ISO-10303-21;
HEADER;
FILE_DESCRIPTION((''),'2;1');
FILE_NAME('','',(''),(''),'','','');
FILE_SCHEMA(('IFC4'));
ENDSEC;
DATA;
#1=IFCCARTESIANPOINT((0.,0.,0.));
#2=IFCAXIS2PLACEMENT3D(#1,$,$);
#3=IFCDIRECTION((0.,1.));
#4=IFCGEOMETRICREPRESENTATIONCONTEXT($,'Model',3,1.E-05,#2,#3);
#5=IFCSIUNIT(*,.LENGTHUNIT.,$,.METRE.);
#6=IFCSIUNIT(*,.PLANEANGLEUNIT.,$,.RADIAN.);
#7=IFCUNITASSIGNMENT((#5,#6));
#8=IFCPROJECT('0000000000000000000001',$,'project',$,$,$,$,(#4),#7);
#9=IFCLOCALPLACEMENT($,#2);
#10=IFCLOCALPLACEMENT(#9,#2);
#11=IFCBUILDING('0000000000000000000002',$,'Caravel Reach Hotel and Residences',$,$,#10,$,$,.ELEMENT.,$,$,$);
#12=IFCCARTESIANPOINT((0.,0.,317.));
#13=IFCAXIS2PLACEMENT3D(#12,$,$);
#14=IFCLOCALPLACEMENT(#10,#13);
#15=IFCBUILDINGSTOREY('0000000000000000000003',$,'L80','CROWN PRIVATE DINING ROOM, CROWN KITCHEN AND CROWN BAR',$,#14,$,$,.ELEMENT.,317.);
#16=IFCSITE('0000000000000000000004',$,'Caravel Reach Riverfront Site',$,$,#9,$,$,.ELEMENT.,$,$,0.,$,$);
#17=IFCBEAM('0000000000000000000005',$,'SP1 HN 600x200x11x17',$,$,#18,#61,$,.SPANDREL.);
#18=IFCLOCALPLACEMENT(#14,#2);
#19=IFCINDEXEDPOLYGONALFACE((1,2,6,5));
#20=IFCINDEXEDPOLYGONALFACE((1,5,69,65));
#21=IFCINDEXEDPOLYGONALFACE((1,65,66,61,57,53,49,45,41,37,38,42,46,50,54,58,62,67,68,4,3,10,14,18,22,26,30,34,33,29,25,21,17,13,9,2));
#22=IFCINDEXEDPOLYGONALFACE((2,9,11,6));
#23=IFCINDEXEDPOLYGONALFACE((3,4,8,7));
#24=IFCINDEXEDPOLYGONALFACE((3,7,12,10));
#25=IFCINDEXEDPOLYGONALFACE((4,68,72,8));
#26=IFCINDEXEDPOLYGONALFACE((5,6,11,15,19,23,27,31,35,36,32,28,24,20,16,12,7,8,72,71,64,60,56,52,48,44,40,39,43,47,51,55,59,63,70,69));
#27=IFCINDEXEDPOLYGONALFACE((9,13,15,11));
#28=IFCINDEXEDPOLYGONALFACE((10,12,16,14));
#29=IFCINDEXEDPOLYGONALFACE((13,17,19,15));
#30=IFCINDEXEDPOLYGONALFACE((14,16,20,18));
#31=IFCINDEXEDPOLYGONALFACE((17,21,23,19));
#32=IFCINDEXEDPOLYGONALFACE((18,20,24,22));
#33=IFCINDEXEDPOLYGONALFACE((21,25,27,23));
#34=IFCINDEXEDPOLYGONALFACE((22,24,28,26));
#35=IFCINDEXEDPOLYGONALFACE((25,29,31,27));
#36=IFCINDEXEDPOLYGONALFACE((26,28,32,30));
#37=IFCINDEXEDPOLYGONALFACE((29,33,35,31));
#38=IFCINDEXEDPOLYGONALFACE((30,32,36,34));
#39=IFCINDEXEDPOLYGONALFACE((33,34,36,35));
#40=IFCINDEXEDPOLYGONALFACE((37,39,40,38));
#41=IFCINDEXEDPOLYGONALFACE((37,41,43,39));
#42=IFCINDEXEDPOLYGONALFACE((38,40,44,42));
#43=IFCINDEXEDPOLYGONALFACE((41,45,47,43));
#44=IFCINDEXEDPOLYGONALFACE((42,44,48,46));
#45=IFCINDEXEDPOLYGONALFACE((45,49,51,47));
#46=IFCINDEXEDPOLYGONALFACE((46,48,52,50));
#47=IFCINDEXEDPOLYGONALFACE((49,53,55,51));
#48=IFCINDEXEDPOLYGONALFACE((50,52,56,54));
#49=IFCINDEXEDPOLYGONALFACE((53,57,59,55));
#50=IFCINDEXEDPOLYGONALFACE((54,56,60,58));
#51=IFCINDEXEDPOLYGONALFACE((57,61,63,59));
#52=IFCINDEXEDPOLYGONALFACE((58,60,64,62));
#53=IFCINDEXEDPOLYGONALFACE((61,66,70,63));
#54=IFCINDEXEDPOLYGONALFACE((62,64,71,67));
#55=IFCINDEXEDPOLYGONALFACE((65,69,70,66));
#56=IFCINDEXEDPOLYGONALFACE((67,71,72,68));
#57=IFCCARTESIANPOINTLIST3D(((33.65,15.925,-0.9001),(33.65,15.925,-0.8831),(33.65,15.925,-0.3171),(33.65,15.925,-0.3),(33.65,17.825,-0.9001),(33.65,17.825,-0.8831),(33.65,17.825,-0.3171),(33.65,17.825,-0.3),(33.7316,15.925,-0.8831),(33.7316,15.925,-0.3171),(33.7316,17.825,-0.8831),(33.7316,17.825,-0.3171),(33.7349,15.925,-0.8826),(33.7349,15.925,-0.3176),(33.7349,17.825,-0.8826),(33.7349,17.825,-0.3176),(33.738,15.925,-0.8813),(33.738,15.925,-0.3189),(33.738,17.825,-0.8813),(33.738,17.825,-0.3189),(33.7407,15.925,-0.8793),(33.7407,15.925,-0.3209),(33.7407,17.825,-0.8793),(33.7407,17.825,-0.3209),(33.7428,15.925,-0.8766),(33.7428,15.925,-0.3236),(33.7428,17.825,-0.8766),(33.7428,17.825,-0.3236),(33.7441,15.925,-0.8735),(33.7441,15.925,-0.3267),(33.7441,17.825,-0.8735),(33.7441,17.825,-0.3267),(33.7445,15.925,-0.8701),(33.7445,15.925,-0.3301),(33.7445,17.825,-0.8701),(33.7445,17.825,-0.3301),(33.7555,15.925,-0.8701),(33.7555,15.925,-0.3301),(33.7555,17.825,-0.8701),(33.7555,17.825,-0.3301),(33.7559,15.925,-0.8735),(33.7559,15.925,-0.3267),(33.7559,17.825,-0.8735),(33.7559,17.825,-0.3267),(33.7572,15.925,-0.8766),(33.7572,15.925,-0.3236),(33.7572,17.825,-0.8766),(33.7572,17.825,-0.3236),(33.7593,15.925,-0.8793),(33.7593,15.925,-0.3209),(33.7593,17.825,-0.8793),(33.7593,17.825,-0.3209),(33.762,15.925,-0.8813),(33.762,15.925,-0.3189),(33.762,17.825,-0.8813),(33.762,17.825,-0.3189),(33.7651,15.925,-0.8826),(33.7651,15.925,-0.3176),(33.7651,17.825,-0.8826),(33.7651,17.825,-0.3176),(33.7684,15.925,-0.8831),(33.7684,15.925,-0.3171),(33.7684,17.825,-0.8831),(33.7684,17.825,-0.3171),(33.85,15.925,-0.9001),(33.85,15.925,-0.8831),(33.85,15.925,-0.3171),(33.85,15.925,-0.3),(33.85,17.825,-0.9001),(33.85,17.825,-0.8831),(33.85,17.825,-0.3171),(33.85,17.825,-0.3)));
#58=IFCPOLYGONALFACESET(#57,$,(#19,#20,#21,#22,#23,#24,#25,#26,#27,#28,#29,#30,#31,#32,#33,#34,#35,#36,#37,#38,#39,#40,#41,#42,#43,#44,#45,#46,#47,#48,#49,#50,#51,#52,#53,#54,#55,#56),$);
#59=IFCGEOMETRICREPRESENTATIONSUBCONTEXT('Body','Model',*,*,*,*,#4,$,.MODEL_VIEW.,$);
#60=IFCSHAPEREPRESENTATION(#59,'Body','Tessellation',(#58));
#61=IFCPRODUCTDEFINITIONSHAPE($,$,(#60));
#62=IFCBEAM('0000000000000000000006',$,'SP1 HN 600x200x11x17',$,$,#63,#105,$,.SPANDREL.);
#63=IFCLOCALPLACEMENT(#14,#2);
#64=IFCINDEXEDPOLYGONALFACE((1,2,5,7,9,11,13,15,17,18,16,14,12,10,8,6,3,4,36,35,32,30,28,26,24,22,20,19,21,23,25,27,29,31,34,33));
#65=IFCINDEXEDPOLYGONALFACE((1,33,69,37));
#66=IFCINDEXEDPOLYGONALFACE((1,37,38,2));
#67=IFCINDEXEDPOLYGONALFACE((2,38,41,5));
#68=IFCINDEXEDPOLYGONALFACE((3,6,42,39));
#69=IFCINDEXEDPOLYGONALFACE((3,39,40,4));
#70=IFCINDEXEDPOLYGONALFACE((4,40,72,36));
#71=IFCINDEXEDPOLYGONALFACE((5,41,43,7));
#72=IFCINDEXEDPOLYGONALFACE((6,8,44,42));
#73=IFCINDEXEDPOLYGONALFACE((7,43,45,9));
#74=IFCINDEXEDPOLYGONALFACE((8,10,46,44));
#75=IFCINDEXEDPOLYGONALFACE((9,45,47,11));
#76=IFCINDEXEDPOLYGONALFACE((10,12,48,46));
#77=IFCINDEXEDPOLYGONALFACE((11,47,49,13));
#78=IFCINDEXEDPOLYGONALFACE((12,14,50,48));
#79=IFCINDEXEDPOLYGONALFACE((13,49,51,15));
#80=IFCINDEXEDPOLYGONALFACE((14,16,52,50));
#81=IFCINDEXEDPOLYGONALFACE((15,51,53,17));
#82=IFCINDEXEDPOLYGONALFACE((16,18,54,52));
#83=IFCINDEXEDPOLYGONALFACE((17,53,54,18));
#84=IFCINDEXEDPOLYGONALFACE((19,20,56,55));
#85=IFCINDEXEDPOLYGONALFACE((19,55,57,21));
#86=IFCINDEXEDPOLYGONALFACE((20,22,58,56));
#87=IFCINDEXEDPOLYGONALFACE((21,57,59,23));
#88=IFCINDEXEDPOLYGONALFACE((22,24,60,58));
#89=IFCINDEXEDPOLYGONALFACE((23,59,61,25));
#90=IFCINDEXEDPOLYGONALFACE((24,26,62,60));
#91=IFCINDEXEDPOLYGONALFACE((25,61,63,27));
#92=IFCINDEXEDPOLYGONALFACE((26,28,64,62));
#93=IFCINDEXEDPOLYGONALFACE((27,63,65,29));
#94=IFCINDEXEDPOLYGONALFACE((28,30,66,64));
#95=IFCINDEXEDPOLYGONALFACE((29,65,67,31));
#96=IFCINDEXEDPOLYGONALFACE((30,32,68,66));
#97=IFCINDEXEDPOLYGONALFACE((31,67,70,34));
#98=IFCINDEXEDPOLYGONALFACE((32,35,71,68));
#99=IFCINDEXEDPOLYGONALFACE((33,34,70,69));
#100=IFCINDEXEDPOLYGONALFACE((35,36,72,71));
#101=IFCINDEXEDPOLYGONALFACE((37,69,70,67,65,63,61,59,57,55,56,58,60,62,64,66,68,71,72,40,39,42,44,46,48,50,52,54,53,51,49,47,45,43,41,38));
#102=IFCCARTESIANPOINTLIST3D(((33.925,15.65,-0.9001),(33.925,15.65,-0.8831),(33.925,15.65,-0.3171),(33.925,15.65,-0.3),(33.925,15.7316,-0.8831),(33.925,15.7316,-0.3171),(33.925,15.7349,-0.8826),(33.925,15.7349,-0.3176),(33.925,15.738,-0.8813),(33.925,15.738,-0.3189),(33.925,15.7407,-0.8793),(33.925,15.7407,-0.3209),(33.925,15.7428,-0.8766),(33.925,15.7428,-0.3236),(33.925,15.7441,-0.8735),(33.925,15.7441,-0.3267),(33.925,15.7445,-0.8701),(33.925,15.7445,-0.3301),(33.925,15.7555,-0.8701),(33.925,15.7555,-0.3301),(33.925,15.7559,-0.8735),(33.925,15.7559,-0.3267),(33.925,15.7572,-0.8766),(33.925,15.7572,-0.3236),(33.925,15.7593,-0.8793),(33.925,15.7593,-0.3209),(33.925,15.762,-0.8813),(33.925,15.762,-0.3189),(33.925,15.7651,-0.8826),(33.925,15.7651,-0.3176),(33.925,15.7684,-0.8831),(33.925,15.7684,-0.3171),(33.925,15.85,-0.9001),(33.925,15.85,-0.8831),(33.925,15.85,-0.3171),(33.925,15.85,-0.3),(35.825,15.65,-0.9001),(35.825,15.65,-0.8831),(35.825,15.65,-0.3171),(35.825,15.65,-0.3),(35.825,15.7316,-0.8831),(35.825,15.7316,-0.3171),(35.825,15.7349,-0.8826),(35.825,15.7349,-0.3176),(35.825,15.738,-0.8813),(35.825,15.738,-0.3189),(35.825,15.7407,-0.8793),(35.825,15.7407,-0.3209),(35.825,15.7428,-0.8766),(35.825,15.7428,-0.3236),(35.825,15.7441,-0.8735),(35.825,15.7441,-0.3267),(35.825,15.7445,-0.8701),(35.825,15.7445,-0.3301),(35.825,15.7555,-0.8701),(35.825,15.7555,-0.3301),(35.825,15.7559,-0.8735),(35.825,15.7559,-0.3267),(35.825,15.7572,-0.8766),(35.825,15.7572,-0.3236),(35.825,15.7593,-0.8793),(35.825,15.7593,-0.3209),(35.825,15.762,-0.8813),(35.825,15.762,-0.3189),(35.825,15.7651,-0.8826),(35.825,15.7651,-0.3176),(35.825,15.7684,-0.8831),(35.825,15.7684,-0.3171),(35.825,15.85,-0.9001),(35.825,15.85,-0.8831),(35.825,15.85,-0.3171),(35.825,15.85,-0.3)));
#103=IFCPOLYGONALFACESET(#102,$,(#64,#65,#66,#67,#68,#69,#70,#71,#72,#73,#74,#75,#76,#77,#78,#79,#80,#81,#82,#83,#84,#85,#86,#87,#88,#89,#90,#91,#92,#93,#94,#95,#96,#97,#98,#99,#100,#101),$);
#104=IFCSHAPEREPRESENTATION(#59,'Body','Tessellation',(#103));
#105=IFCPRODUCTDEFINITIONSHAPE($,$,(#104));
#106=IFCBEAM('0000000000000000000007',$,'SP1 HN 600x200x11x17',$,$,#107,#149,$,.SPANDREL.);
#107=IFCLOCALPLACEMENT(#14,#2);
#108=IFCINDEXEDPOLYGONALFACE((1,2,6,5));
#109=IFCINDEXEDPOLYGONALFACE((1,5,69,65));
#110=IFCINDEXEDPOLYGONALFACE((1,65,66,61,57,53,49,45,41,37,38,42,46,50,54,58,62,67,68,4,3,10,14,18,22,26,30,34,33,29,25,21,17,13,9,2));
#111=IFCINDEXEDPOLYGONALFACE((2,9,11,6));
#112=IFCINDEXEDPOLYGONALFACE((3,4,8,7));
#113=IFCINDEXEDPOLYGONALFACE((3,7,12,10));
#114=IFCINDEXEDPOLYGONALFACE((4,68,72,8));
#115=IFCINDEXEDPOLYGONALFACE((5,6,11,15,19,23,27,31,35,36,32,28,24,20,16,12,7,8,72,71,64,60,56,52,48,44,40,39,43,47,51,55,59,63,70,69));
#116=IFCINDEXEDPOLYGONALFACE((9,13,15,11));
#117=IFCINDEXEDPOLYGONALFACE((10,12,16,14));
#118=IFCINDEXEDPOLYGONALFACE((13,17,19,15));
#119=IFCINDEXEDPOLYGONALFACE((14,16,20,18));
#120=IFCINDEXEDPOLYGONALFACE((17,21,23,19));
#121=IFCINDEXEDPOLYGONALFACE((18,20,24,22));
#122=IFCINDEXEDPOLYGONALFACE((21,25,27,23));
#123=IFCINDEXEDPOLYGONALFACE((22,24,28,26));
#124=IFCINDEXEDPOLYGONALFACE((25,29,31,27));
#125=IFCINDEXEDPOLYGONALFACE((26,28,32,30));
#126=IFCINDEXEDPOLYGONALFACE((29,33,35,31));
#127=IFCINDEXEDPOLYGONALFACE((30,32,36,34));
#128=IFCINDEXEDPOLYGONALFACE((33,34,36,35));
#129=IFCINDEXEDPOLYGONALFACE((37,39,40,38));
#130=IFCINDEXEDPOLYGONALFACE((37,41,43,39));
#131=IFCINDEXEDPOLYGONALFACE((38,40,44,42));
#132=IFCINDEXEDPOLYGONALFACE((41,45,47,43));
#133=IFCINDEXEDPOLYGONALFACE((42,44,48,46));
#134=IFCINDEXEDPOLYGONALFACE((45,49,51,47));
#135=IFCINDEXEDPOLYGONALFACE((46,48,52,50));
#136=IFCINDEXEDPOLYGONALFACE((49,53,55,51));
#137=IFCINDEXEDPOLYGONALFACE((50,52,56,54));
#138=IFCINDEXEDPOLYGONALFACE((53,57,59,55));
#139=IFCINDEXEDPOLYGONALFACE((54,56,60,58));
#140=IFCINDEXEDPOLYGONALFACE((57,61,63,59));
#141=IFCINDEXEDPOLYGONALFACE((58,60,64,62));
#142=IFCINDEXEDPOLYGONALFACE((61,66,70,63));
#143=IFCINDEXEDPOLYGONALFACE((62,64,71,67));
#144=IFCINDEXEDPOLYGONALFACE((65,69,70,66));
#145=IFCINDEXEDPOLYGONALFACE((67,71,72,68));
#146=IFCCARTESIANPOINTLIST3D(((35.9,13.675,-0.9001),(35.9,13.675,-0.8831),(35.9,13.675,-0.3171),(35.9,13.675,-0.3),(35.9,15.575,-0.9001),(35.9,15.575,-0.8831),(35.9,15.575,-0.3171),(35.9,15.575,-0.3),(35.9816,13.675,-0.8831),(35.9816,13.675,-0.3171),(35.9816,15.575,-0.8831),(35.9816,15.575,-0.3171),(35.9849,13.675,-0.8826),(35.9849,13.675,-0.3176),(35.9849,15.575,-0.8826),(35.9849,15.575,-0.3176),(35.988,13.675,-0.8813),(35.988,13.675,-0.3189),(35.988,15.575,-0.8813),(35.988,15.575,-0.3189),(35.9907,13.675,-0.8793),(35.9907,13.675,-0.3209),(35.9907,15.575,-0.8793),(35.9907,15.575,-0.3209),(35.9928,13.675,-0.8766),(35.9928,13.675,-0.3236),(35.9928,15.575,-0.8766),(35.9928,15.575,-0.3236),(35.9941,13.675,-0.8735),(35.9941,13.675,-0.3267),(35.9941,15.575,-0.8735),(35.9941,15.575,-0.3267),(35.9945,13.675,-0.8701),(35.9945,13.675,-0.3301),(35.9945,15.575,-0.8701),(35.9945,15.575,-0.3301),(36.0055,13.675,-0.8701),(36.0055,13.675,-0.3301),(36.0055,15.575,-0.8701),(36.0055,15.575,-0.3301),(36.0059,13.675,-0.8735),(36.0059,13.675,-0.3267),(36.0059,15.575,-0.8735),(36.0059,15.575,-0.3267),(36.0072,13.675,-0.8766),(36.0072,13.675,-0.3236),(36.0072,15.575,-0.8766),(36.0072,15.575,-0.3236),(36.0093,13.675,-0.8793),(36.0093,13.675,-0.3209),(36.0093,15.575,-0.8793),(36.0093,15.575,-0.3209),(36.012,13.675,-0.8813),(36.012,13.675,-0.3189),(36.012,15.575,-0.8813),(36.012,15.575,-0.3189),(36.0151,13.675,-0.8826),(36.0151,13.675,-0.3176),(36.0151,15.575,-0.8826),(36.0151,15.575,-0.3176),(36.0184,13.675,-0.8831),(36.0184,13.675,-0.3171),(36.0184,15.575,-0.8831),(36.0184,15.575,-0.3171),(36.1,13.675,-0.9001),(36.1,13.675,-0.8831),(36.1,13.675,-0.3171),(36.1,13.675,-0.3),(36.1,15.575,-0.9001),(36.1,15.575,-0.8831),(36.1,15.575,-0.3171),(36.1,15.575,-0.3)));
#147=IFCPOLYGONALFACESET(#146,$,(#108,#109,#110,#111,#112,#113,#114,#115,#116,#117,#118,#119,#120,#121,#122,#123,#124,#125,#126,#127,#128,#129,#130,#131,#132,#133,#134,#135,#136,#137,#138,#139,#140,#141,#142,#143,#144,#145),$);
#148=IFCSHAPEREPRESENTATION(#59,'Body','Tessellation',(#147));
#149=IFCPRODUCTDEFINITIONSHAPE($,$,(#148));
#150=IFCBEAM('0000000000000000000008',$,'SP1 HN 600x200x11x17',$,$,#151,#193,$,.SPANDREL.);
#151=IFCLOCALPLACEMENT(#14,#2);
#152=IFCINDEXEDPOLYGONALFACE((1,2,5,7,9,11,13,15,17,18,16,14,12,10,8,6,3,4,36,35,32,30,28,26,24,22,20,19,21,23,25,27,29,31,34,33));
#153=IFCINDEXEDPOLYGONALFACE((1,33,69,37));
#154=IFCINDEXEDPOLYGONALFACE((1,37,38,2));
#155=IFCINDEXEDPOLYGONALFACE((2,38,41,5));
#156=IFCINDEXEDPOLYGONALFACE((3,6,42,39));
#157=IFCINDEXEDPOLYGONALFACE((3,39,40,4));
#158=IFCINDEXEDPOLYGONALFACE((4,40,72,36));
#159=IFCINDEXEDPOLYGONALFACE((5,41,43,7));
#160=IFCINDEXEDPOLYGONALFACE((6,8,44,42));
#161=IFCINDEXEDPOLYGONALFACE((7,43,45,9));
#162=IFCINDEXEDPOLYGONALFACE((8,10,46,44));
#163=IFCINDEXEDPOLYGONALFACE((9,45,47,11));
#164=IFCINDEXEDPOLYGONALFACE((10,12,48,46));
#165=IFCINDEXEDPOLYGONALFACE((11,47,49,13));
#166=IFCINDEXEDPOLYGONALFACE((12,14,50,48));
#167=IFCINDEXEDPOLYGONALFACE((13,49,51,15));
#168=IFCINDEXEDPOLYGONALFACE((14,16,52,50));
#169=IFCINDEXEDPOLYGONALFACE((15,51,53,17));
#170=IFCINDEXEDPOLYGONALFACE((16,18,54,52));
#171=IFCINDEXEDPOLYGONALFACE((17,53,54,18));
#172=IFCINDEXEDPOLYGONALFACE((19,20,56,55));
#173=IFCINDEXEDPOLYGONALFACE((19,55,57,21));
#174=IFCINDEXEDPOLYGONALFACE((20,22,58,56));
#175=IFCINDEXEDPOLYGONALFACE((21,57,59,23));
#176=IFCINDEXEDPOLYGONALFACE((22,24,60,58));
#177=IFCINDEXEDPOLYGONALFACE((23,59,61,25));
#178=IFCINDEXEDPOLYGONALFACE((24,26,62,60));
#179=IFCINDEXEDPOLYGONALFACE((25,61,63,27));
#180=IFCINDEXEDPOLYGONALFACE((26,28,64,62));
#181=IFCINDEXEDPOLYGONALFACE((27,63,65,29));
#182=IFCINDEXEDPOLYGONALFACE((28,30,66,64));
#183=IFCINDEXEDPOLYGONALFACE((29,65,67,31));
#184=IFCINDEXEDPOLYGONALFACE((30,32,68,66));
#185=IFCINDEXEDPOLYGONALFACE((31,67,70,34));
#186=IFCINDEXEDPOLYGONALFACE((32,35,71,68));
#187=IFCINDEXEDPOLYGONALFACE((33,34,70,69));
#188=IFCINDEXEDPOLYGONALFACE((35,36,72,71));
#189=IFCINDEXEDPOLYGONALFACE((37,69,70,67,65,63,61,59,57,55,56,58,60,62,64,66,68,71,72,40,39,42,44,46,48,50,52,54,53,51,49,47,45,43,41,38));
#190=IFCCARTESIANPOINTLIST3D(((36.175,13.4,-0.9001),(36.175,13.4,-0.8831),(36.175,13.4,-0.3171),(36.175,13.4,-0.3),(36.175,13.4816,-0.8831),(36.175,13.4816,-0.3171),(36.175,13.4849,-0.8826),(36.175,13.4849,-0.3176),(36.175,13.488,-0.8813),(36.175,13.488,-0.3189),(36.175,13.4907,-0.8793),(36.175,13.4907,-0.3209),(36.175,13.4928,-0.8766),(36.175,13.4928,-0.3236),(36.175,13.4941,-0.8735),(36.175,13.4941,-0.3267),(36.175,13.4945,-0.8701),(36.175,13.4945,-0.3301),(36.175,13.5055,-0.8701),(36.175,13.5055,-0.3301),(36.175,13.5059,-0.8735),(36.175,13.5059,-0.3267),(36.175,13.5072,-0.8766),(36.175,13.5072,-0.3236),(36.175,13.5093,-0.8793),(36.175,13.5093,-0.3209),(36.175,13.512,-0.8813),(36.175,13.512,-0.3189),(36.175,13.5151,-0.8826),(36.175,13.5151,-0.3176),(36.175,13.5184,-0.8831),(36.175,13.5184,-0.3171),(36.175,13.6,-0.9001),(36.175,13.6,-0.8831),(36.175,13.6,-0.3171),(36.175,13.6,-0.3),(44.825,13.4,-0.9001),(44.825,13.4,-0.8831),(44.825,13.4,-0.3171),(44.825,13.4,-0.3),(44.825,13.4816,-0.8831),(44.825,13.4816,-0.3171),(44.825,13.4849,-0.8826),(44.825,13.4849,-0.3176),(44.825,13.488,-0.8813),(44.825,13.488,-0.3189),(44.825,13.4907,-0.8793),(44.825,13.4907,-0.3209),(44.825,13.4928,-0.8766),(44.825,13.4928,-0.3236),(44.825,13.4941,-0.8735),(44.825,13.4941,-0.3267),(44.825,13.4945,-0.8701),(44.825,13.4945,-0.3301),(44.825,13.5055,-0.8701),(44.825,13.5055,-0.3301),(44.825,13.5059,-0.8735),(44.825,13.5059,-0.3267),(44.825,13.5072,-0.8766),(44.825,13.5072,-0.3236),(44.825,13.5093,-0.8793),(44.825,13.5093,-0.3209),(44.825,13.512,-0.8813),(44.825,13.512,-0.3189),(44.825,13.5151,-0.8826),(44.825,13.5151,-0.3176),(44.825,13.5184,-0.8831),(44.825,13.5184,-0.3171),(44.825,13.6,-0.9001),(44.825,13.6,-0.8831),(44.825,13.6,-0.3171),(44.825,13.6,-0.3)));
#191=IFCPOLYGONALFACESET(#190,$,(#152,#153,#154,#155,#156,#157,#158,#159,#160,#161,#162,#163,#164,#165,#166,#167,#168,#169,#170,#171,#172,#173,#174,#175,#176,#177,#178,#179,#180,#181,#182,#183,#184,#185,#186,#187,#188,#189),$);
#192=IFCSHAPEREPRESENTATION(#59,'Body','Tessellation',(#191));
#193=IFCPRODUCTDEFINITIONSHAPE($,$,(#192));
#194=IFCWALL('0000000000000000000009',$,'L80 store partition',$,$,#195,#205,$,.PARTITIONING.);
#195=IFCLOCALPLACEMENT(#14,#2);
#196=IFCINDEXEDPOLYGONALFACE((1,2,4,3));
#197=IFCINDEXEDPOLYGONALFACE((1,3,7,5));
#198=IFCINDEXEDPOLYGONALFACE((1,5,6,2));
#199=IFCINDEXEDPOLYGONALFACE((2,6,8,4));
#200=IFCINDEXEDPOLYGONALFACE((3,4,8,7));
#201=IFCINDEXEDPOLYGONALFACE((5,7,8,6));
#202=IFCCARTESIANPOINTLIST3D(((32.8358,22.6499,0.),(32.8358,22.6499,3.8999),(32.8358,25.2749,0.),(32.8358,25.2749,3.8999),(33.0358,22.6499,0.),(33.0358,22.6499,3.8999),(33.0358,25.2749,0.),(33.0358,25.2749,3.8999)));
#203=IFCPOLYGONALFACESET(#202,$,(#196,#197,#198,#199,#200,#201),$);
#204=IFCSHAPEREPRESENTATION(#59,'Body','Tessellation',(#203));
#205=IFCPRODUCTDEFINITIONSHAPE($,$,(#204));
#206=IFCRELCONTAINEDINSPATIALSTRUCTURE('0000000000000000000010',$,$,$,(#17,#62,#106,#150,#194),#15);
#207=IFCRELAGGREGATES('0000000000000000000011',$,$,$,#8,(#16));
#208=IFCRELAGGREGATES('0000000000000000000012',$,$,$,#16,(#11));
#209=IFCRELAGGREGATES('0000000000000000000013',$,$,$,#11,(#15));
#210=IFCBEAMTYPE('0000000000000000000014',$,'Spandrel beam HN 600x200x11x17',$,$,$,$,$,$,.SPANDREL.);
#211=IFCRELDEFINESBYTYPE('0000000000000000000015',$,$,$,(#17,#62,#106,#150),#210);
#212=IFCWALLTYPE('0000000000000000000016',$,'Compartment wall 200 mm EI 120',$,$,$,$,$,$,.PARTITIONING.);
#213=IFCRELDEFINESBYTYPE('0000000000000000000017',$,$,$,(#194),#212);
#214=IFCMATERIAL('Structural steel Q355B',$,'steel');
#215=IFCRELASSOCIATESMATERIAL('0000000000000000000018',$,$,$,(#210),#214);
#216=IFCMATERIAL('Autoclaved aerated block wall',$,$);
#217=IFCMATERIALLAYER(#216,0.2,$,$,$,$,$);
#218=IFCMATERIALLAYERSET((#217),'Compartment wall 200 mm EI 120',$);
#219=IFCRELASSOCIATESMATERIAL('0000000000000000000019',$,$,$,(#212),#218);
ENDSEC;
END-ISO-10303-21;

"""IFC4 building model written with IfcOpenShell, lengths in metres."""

from ifc_helpers import new_model, si_unit, direction, frame, frame_2d, origin, origin_2d, place, context, subcontext, project, spatial, rectangle, i_section, extrude, material, layer, layer_set, material_profile, profile_set, type_object, element, save


model = new_model("IFC4")

# Units and contexts
model_context = context("Model", 3, precision=1e-05, world=origin(), true_north=direction((0.0, 1.0)))
body_context = subcontext(model_context, "Body", "Model", "MODEL_VIEW")
ifc_project = project(units=[si_unit("LENGTHUNIT", "METRE"), si_unit("PLANEANGLEUNIT", "RADIAN")], contexts=[model_context])

# Site, building, storey
site_placement = place(None, origin())
site = spatial("IfcSite", under=ifc_project, at=site_placement, Name="Caravel Reach Riverfront Site", CompositionType="ELEMENT", RefElevation=0.0)
building_placement = place(site_placement, origin())
building = spatial("IfcBuilding", under=site, at=building_placement, Name="Caravel Reach Hotel and Residences", CompositionType="ELEMENT")
storey_placement = place(building_placement, frame((0.0, 0.0, 317.0)))
storey = spatial("IfcBuildingStorey", under=building, at=storey_placement, Name="L80", Description="CROWN PRIVATE DINING ROOM, CROWN KITCHEN AND CROWN BAR", CompositionType="ELEMENT", Elevation=317.0)

# Beams
ifc_material_1 = material(Name="Structural steel Q355B", Category="steel")
ifc_material_profile_1 = material_profile(ifc_material_1, i_section(OverallWidth=0.2, OverallDepth=0.6001, WebThickness=0.011, FlangeThickness=0.0171, FilletRadius=0.0129, at=origin_2d()), Name="HN 600x200x11x17")
ifc_profile_set_1 = profile_set([ifc_material_profile_1], Name="Structural steel Q355B")
beam_type_1 = type_object("IfcBeamType", Name="Spandrel beam HN 600x200x11x17", PredefinedType="SPANDREL", material=ifc_profile_set_1)
for number, where, z_axis, x_axis, name in (
    (1, (33.75, 17.825, -0.6001), (0.0, -1.0, 0.0), (1.0, 0.0, 0.0), "SP1 HN 600x200x11x17"),
    (2, (33.925, 15.75, -0.6001), (1.0, 0.0, 0.0), (0.0, 1.0, 0.0), "SP1 HN 600x200x11x17"),
    (3, (36.0, 15.575, -0.6001), (0.0, -1.0, 0.0), (1.0, 0.0, 0.0), "SP1 HN 600x200x11x17"),
):
    element("IfcBeam", number, at=place(storey_placement, frame(where, z_axis=z_axis, x_axis=x_axis)), inside=storey, type_object=beam_type_1, Name=name, PredefinedType="SPANDREL", context=body_context, shape_type="SweptSolid", body=[
        extrude(i_section(OverallWidth=0.2, OverallDepth=0.6001, WebThickness=0.011, FlangeThickness=0.0171, FilletRadius=0.0129, at=origin_2d()), origin(), (0.0, 0.0, 1.0), 1.8999),
    ])
beam_1_placement = place(storey_placement, frame((36.175, 13.5, -0.6001), z_axis=(1.0, 0.0, 0.0), x_axis=(0.0, 1.0, 0.0)))
element("IfcBeam", 4, at=beam_1_placement, inside=storey, type_object=beam_type_1, Name="SP1 HN 600x200x11x17", PredefinedType="SPANDREL", context=body_context, shape_type="SweptSolid", body=[
    extrude(i_section(OverallWidth=0.2, OverallDepth=0.6001, WebThickness=0.011, FlangeThickness=0.0171, FilletRadius=0.0129, at=origin_2d()), origin(), (0.0, 0.0, 1.0), 8.6499),
])

# Wall
ifc_material_2 = material(Name="Autoclaved aerated block wall")
ifc_layer_1 = layer(ifc_material_2, 0.2)
ifc_layer_set_1 = layer_set([ifc_layer_1], Name="Compartment wall 200 mm EI 120")
wall_type_1 = type_object("IfcWallType", Name="Compartment wall 200 mm EI 120", PredefinedType="PARTITIONING", material=ifc_layer_set_1)
wall_1_placement = place(storey_placement, frame((32.9358, 22.6499, 0.0), z_axis=(0.0, 0.0, 1.0), x_axis=(0.0, 1.0, 0.0)))
element("IfcWall", 5, at=wall_1_placement, inside=storey, type_object=wall_type_1, Name="L80 store partition", PredefinedType="PARTITIONING", context=body_context, shape_type="SweptSolid", body=[
    extrude(rectangle(XDim=2.625, YDim=0.2, at=frame_2d((1.3125, 0.0))), origin(), (0.0, 0.0, 1.0), 3.8999),
])

save(model, "model.ifc")
